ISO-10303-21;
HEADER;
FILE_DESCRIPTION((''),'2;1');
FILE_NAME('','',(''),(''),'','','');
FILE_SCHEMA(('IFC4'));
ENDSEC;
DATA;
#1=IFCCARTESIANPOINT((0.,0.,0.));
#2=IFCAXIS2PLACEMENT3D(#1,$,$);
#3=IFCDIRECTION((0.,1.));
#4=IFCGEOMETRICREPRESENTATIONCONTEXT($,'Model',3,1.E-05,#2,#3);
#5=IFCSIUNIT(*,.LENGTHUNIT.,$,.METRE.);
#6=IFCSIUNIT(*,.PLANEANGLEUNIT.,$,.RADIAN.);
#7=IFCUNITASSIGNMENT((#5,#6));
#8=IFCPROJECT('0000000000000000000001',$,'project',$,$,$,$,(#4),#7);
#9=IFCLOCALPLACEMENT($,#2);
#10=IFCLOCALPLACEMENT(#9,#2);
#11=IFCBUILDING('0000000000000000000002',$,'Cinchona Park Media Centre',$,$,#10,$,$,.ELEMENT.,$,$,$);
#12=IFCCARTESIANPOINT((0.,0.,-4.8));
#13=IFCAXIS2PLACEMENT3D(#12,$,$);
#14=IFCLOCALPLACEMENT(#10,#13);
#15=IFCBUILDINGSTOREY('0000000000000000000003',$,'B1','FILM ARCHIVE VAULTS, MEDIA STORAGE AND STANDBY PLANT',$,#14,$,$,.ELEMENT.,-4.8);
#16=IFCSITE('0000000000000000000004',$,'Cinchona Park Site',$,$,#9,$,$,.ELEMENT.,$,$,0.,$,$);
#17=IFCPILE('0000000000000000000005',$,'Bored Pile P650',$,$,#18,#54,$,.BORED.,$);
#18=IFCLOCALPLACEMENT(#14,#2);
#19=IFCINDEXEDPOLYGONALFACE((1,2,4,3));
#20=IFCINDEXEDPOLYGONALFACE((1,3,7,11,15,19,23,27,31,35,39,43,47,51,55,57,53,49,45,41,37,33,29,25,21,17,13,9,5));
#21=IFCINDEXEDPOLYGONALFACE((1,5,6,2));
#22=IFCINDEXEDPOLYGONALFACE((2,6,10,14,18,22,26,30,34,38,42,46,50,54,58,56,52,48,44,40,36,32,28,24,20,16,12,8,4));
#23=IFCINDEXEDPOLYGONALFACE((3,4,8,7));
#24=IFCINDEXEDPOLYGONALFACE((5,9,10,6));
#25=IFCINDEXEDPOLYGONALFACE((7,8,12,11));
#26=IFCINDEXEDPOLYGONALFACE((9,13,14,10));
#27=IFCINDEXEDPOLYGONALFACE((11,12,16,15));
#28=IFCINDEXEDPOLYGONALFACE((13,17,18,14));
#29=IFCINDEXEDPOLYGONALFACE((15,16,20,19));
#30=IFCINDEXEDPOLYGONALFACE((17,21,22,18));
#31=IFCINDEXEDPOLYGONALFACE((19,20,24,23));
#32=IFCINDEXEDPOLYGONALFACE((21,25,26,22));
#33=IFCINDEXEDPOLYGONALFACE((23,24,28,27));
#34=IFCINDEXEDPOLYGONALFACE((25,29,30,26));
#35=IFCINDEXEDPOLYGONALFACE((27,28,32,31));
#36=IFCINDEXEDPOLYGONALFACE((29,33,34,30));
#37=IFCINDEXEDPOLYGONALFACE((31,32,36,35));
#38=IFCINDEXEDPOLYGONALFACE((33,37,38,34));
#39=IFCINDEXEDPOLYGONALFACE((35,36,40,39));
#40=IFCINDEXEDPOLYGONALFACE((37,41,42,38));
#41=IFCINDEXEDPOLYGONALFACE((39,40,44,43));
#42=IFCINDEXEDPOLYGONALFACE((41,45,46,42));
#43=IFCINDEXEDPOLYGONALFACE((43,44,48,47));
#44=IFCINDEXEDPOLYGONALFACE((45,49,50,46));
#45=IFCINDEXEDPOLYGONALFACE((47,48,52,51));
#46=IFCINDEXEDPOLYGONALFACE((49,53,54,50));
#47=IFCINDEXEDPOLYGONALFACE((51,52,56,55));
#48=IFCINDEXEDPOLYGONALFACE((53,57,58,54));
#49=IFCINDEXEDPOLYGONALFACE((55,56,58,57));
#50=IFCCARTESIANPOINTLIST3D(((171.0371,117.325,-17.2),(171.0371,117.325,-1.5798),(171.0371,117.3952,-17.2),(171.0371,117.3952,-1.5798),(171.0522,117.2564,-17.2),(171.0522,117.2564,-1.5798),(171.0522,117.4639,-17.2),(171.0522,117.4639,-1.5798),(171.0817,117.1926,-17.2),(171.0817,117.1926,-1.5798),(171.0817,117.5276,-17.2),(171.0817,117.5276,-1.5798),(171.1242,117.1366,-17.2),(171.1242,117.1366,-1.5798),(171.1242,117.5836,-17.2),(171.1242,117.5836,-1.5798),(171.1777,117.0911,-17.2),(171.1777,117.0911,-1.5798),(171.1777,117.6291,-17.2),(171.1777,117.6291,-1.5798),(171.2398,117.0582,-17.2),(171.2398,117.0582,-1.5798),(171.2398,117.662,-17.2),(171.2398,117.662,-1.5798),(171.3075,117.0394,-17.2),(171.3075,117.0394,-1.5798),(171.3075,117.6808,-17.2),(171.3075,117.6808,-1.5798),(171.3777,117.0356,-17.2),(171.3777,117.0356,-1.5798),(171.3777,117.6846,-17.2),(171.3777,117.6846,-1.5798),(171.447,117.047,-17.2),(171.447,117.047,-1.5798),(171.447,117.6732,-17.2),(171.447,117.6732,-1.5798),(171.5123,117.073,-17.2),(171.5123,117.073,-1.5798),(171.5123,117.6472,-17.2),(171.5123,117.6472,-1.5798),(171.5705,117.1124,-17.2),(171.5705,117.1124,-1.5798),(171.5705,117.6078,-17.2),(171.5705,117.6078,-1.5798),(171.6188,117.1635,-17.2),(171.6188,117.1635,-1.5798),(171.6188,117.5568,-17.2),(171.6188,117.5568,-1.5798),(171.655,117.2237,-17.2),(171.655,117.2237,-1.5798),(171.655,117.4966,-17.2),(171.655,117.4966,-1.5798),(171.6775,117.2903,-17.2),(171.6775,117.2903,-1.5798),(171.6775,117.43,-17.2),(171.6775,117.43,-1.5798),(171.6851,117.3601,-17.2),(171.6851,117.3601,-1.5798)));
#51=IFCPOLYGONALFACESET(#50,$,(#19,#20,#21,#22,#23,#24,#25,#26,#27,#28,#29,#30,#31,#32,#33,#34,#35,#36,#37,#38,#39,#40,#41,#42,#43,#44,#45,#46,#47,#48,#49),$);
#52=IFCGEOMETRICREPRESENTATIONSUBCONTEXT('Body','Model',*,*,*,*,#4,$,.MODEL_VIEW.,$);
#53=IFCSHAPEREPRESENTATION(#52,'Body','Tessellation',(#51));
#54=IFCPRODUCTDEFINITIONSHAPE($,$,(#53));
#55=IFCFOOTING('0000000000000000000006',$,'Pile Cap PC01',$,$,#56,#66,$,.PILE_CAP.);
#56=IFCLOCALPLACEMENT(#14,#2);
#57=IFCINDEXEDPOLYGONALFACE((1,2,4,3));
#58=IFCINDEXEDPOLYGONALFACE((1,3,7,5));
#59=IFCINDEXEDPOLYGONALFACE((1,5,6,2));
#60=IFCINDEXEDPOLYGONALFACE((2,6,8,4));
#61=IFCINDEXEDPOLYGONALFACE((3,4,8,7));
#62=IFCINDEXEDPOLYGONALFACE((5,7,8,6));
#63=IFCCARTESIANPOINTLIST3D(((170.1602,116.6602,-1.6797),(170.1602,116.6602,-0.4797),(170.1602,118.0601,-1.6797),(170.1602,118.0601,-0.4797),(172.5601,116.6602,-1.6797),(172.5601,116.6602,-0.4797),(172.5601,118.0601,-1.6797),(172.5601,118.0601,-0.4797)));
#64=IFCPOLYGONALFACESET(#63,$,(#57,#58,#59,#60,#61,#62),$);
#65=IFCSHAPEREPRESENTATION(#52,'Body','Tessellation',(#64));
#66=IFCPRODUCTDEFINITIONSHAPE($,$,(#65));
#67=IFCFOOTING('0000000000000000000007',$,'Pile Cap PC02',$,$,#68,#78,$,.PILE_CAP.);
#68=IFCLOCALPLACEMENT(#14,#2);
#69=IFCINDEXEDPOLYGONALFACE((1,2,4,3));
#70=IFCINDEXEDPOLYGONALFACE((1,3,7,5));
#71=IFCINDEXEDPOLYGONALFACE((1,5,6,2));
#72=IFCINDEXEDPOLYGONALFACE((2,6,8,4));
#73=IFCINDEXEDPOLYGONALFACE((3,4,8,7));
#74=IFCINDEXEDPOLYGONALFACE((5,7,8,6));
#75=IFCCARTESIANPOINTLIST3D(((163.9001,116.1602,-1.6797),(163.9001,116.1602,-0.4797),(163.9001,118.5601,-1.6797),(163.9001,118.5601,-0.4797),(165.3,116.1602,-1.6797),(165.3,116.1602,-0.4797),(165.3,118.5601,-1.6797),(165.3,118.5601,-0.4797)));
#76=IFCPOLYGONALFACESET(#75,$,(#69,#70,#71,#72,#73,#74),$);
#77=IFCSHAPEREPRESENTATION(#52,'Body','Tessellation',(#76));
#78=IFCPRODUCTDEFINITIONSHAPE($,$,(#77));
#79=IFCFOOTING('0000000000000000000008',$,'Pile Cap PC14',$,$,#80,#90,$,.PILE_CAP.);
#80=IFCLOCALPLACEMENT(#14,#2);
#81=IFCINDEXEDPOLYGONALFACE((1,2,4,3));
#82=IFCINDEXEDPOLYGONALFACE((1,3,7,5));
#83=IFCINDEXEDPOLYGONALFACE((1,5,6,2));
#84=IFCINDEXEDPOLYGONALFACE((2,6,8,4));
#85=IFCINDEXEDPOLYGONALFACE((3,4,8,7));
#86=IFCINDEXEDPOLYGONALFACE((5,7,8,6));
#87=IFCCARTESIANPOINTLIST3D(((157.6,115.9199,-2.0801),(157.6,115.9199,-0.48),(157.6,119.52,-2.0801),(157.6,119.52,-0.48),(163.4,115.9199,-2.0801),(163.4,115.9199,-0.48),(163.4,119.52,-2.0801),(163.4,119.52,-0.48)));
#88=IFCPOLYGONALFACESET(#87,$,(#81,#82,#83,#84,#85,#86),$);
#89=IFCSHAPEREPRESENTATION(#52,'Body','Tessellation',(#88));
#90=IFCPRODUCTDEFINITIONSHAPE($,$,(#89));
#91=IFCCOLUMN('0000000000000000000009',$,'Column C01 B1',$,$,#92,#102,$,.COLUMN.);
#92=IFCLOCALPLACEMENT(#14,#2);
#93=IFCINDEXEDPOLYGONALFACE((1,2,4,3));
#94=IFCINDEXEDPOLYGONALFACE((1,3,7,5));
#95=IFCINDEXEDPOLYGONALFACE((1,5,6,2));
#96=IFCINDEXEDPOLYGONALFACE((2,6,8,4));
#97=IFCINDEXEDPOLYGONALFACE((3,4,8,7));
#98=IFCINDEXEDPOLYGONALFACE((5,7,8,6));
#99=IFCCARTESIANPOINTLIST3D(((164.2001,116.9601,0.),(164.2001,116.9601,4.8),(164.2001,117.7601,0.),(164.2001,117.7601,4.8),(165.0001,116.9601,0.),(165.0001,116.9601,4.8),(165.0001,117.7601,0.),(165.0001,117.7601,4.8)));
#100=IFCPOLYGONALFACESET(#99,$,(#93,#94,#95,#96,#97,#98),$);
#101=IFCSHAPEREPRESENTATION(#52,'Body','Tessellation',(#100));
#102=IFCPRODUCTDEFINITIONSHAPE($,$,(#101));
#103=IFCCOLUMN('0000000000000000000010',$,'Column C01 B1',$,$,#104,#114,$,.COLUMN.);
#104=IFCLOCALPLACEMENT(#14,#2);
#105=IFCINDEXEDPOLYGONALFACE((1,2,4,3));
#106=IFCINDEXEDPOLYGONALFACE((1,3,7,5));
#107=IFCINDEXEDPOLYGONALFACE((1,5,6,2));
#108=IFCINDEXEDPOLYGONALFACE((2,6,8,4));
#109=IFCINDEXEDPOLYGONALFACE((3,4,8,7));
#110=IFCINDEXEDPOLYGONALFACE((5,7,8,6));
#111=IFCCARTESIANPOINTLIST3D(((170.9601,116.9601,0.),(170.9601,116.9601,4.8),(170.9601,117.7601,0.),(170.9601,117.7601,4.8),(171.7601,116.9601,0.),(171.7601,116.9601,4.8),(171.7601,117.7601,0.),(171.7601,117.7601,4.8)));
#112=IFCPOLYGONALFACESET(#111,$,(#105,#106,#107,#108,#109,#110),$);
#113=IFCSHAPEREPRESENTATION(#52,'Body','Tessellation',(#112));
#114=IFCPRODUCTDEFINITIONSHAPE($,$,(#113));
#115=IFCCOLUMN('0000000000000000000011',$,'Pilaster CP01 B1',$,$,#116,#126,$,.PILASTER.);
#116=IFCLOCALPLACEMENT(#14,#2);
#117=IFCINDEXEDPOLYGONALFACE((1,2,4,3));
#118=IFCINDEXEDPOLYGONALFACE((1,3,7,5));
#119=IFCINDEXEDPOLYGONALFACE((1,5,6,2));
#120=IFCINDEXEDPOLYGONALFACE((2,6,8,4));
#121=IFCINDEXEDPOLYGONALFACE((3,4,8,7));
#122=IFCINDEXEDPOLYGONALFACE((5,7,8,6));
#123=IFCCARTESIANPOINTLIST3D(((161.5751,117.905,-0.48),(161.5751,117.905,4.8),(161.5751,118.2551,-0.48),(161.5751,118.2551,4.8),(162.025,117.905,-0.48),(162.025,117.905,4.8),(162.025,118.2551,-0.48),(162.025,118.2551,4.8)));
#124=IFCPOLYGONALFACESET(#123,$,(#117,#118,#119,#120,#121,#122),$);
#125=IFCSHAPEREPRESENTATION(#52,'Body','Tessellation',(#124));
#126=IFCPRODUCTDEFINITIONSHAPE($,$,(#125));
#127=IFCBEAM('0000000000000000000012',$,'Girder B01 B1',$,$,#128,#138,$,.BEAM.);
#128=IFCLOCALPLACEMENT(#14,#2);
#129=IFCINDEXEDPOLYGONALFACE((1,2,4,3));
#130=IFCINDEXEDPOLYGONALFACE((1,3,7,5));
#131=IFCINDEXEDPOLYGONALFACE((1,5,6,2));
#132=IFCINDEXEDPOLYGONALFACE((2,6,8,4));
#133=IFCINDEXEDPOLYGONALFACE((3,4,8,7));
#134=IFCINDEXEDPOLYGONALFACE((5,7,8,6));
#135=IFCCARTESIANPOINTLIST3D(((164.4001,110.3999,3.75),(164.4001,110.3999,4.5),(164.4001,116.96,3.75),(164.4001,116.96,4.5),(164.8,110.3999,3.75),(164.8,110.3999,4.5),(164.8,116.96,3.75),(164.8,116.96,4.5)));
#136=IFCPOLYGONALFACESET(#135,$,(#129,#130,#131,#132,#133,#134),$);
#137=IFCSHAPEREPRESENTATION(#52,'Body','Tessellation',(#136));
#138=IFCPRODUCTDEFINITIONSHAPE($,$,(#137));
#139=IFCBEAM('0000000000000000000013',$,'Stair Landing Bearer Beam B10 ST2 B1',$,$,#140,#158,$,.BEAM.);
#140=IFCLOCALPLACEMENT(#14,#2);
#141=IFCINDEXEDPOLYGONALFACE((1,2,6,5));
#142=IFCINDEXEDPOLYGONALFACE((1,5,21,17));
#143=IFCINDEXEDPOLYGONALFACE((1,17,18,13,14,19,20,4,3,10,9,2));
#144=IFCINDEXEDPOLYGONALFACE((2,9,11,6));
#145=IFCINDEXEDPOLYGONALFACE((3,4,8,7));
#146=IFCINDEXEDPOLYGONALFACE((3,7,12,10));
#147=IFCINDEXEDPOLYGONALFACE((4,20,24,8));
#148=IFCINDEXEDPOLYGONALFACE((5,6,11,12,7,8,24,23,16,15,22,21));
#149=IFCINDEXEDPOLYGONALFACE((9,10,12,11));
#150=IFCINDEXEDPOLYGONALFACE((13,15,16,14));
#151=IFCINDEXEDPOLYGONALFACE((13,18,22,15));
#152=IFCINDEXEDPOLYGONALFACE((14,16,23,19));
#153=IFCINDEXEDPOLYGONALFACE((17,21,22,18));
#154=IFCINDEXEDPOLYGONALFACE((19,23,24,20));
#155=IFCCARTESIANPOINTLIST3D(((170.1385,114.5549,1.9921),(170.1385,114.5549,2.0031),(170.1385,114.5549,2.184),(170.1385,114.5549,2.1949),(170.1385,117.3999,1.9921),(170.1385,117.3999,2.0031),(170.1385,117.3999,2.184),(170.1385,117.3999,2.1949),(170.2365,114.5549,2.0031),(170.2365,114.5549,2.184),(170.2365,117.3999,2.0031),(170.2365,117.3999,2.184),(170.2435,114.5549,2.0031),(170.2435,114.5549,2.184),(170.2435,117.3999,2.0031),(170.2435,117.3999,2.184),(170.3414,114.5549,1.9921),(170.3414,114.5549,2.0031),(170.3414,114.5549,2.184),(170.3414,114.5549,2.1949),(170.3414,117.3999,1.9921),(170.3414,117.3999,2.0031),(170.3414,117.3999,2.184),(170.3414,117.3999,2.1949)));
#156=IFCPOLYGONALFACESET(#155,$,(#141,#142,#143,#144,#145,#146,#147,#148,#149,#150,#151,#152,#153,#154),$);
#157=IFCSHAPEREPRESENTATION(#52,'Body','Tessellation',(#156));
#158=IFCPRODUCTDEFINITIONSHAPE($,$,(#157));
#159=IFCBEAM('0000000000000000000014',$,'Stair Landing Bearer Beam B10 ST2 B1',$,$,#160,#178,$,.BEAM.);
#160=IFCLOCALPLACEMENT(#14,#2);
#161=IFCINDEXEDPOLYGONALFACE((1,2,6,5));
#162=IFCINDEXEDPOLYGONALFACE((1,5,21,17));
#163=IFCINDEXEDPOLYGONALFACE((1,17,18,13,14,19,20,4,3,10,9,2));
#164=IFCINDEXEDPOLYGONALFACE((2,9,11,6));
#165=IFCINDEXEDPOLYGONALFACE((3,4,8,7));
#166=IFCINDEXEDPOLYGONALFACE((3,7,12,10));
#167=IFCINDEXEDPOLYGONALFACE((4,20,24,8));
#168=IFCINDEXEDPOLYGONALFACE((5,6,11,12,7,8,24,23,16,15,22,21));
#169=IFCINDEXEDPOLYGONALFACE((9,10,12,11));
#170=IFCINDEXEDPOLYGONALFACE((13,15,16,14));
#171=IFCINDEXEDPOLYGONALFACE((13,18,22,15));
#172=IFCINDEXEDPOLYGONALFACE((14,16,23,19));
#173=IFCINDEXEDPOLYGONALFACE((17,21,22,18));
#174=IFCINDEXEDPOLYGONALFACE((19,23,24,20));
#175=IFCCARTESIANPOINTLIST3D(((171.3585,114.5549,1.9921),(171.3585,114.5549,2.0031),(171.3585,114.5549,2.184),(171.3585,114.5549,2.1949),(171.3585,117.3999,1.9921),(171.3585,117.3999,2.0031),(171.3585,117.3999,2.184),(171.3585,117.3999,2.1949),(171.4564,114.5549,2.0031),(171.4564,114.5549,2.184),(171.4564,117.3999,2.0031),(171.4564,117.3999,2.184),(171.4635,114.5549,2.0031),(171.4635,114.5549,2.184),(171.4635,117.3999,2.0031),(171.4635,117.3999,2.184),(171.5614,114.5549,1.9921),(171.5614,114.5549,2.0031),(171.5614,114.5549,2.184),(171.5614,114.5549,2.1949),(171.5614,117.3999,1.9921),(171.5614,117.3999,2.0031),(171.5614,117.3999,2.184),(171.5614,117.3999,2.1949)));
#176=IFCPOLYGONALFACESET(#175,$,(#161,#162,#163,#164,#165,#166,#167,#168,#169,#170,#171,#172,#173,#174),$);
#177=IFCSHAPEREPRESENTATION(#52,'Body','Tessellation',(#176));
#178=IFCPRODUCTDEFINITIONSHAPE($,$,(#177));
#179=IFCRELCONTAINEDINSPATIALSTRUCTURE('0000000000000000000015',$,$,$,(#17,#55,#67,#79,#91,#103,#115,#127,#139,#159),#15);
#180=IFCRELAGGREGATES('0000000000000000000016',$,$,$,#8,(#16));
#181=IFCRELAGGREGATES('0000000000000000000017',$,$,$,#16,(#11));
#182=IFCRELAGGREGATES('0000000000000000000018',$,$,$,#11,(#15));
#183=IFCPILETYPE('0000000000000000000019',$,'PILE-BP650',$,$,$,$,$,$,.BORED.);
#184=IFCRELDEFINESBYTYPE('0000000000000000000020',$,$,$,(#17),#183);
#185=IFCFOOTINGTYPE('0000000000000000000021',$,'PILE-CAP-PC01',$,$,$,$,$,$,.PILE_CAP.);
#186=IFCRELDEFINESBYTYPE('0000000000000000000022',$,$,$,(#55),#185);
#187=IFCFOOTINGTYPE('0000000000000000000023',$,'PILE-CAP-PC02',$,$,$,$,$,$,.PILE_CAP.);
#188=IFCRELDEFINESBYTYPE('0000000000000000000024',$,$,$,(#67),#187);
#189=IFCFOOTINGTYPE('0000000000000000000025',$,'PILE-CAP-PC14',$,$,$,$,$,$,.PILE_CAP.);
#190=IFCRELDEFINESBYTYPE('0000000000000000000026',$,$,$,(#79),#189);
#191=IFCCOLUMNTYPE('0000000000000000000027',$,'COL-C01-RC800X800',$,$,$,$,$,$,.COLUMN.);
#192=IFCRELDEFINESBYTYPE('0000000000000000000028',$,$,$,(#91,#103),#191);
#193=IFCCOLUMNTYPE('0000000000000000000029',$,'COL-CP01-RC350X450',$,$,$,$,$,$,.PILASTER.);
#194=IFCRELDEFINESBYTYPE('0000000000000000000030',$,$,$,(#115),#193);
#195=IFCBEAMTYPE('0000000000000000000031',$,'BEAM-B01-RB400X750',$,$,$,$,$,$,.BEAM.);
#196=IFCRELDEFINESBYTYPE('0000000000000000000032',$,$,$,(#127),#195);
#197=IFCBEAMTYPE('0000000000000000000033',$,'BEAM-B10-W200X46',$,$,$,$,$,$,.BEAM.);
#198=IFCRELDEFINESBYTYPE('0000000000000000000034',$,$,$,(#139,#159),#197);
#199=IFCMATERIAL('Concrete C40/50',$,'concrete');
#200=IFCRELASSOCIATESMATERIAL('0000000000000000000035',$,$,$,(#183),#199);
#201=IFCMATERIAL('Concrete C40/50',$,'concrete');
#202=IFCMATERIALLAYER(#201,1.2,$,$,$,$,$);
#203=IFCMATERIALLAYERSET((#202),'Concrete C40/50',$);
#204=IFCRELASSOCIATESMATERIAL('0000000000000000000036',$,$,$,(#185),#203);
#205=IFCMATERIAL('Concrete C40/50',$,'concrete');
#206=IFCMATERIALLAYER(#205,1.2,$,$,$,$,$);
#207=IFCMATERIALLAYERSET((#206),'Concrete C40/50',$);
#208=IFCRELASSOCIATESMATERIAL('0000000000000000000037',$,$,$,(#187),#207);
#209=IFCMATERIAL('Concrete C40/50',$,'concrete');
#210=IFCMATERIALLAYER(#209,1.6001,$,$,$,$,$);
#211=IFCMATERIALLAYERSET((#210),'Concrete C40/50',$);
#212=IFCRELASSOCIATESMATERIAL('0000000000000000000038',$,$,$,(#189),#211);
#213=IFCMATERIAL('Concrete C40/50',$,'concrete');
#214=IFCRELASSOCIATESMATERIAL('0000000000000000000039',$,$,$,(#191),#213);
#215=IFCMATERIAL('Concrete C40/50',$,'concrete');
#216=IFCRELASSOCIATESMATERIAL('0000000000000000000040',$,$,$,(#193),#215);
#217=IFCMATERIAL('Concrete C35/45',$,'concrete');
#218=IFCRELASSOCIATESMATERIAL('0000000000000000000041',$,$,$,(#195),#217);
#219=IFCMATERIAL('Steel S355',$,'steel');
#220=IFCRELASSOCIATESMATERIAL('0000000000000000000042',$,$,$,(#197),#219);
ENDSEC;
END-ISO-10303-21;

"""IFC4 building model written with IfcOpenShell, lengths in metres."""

from ifc_helpers import new_model, si_unit, direction, frame, origin, origin_2d, place, context, subcontext, project, spatial, rectangle, circle, i_section, extrude, material, layer, layer_set, material_profile, profile_set, type_object, element, save


model = new_model("IFC4")

# Units and contexts
model_context = context("Model", 3, precision=1e-05, world=origin(), true_north=direction((0.0, 1.0)))
body_context = subcontext(model_context, "Body", "Model", "MODEL_VIEW")
ifc_project = project(units=[si_unit("LENGTHUNIT", "METRE"), si_unit("PLANEANGLEUNIT", "RADIAN")], contexts=[model_context])

# Site, building, storey
site_placement = place(None, origin())
site = spatial("IfcSite", under=ifc_project, at=site_placement, Name="Cinchona Park Site", CompositionType="ELEMENT", RefElevation=0.0)
building_placement = place(site_placement, origin())
building = spatial("IfcBuilding", under=site, at=building_placement, Name="Cinchona Park Media Centre", CompositionType="ELEMENT")
storey_placement = place(building_placement, frame((0.0, 0.0, -4.8)))
storey = spatial("IfcBuildingStorey", under=building, at=storey_placement, Name="B1", Description="FILM ARCHIVE VAULTS, MEDIA STORAGE AND STANDBY PLANT", CompositionType="ELEMENT", Elevation=-4.8)

# Pile
ifc_material_1 = material(Name="Concrete C40/50", Category="concrete")
ifc_material_profile_1 = material_profile(ifc_material_1, circle(Radius=0.325, at=origin_2d()), Name="BORED PILE 650")
ifc_profile_set_1 = profile_set([ifc_material_profile_1], Name="Concrete C40/50")
pile_type_1 = type_object("IfcPileType", Name="PILE-BP650", PredefinedType="BORED", material=ifc_profile_set_1)
pile_1_placement = place(storey_placement, frame((171.3601, 117.3601, -1.5798), z_axis=(0.0, 0.0, -1.0), x_axis=(1.0, 0.0, 0.0)))
element("IfcPile", 1, at=pile_1_placement, inside=storey, type_object=pile_type_1, Name="Bored Pile P650", PredefinedType="BORED", context=body_context, shape_type="SweptSolid", body=[
    extrude(circle(Radius=0.325, at=origin_2d()), origin(), (0.0, 0.0, 1.0), 15.6201),
])

# Footings
ifc_material_2 = material(Name="Concrete C40/50", Category="concrete")
ifc_layer_1 = layer(ifc_material_2, 1.2)
ifc_layer_set_1 = layer_set([ifc_layer_1], Name="Concrete C40/50")
footing_type_1 = type_object("IfcFootingType", Name="PILE-CAP-PC01", PredefinedType="PILE_CAP", material=ifc_layer_set_1)
footing_1_placement = place(storey_placement, frame((171.3601, 117.3601, -1.6797), z_axis=(0.0, 0.0, 1.0), x_axis=(1.0, 0.0, 0.0)))
element("IfcFooting", 2, at=footing_1_placement, inside=storey, type_object=footing_type_1, Name="Pile Cap PC01", PredefinedType="PILE_CAP", context=body_context, shape_type="SweptSolid", body=[
    extrude(rectangle(XDim=2.3999, YDim=1.3999, at=origin_2d()), origin(), (0.0, 0.0, 1.0), 1.2),
])
ifc_material_3 = material(Name="Concrete C40/50", Category="concrete")
ifc_layer_2 = layer(ifc_material_3, 1.2)
ifc_layer_set_2 = layer_set([ifc_layer_2], Name="Concrete C40/50")
footing_type_2 = type_object("IfcFootingType", Name="PILE-CAP-PC02", PredefinedType="PILE_CAP", material=ifc_layer_set_2)
footing_2_placement = place(storey_placement, frame((164.6001, 117.3601, -1.6797), z_axis=(0.0, 0.0, 1.0), x_axis=(1.0, 0.0, 0.0)))
element("IfcFooting", 3, at=footing_2_placement, inside=storey, type_object=footing_type_2, Name="Pile Cap PC02", PredefinedType="PILE_CAP", context=body_context, shape_type="SweptSolid", body=[
    extrude(rectangle(XDim=1.3999, YDim=2.3999, at=origin_2d()), origin(), (0.0, 0.0, 1.0), 1.2),
])
ifc_material_4 = material(Name="Concrete C40/50", Category="concrete")
ifc_layer_3 = layer(ifc_material_4, 1.6001)
ifc_layer_set_3 = layer_set([ifc_layer_3], Name="Concrete C40/50")
footing_type_3 = type_object("IfcFootingType", Name="PILE-CAP-PC14", PredefinedType="PILE_CAP", material=ifc_layer_set_3)
footing_3_placement = place(storey_placement, frame((160.5, 117.72, -2.0801), z_axis=(0.0, 0.0, 1.0), x_axis=(1.0, 0.0, 0.0)))
element("IfcFooting", 4, at=footing_3_placement, inside=storey, type_object=footing_type_3, Name="Pile Cap PC14", PredefinedType="PILE_CAP", context=body_context, shape_type="SweptSolid", body=[
    extrude(rectangle(XDim=5.8, YDim=3.6001, at=origin_2d()), origin(), (0.0, 0.0, 1.0), 1.6001),
])

# Columns
ifc_material_5 = material(Name="Concrete C40/50", Category="concrete")
ifc_material_profile_2 = material_profile(ifc_material_5, rectangle(XDim=0.8, YDim=0.8, at=origin_2d()), Name="RC 800X800")
ifc_profile_set_2 = profile_set([ifc_material_profile_2], Name="Concrete C40/50")
column_type_1 = type_object("IfcColumnType", Name="COL-C01-RC800X800", PredefinedType="COLUMN", material=ifc_profile_set_2)
for number, where, z_axis, x_axis, name in (
    (5, (164.6001, 117.3601, 0.0), (0.0, 0.0, 1.0), (1.0, 0.0, 0.0), "Column C01 B1"),
    (6, (171.3601, 117.3601, 0.0), (0.0, 0.0, 1.0), (1.0, 0.0, 0.0), "Column C01 B1"),
):
    element("IfcColumn", number, at=place(storey_placement, frame(where, z_axis=z_axis, x_axis=x_axis)), inside=storey, type_object=column_type_1, Name=name, PredefinedType="COLUMN", context=body_context, shape_type="SweptSolid", body=[
        extrude(rectangle(XDim=0.8, YDim=0.8, at=origin_2d()), origin(), (0.0, 0.0, 1.0), 4.8),
    ])
ifc_material_6 = material(Name="Concrete C40/50", Category="concrete")
ifc_material_profile_3 = material_profile(ifc_material_6, rectangle(XDim=0.3501, YDim=0.45, at=origin_2d()), Name="RC 350X450")
ifc_profile_set_3 = profile_set([ifc_material_profile_3], Name="Concrete C40/50")
column_type_2 = type_object("IfcColumnType", Name="COL-CP01-RC350X450", PredefinedType="PILASTER", material=ifc_profile_set_3)
column_placement = place(storey_placement, frame((161.8, 118.0801, -0.48), z_axis=(0.0, 0.0, 1.0), x_axis=(0.0, 1.0, 0.0)))
element("IfcColumn", 7, at=column_placement, inside=storey, type_object=column_type_2, Name="Pilaster CP01 B1", PredefinedType="PILASTER", context=body_context, shape_type="SweptSolid", body=[
    extrude(rectangle(XDim=0.3501, YDim=0.45, at=origin_2d()), origin(), (0.0, 0.0, 1.0), 5.28),
])

# Beams
ifc_material_7 = material(Name="Concrete C35/45", Category="concrete")
ifc_material_profile_4 = material_profile(ifc_material_7, rectangle(XDim=0.3999, YDim=0.75, at=origin_2d()), Name="RB 400X750")
ifc_profile_set_4 = profile_set([ifc_material_profile_4], Name="Concrete C35/45")
beam_type_1 = type_object("IfcBeamType", Name="BEAM-B01-RB400X750", PredefinedType="BEAM", material=ifc_profile_set_4)
beam_placement = place(storey_placement, frame((164.6001, 110.3999, 4.125), z_axis=(0.0, 1.0, 0.0), x_axis=(-1.0, 0.0, 0.0)))
element("IfcBeam", 8, at=beam_placement, inside=storey, type_object=beam_type_1, Name="Girder B01 B1", PredefinedType="BEAM", context=body_context, shape_type="SweptSolid", body=[
    extrude(rectangle(XDim=0.3999, YDim=0.75, at=origin_2d()), origin(), (0.0, 0.0, 1.0), 6.5601),
])
ifc_material_8 = material(Name="Steel S355", Category="steel")
ifc_material_profile_5 = material_profile(ifc_material_8, i_section(OverallWidth=0.2029, OverallDepth=0.2029, WebThickness=0.0071, FlangeThickness=0.011, at=origin_2d()), Name="W200X46")
ifc_profile_set_5 = profile_set([ifc_material_profile_5], Name="Steel S355")
beam_type_2 = type_object("IfcBeamType", Name="BEAM-B10-W200X46", PredefinedType="BEAM", material=ifc_profile_set_5)
for number, where, z_axis, x_axis, name in (
    (9, (170.24, 114.5549, 2.0935), (0.0, 1.0, 0.0), (-1.0, 0.0, 0.0), "Stair Landing Bearer Beam B10 ST2 B1"),
    (10, (171.46, 114.5549, 2.0935), (0.0, 1.0, 0.0), (-1.0, 0.0, 0.0), "Stair Landing Bearer Beam B10 ST2 B1"),
):
    element("IfcBeam", number, at=place(storey_placement, frame(where, z_axis=z_axis, x_axis=x_axis)), inside=storey, type_object=beam_type_2, Name=name, PredefinedType="BEAM", context=body_context, shape_type="SweptSolid", body=[
        extrude(i_section(OverallWidth=0.2029, OverallDepth=0.2029, WebThickness=0.0071, FlangeThickness=0.011, at=origin_2d()), origin(), (0.0, 0.0, 1.0), 2.845),
    ])

save(model, "model.ifc")
